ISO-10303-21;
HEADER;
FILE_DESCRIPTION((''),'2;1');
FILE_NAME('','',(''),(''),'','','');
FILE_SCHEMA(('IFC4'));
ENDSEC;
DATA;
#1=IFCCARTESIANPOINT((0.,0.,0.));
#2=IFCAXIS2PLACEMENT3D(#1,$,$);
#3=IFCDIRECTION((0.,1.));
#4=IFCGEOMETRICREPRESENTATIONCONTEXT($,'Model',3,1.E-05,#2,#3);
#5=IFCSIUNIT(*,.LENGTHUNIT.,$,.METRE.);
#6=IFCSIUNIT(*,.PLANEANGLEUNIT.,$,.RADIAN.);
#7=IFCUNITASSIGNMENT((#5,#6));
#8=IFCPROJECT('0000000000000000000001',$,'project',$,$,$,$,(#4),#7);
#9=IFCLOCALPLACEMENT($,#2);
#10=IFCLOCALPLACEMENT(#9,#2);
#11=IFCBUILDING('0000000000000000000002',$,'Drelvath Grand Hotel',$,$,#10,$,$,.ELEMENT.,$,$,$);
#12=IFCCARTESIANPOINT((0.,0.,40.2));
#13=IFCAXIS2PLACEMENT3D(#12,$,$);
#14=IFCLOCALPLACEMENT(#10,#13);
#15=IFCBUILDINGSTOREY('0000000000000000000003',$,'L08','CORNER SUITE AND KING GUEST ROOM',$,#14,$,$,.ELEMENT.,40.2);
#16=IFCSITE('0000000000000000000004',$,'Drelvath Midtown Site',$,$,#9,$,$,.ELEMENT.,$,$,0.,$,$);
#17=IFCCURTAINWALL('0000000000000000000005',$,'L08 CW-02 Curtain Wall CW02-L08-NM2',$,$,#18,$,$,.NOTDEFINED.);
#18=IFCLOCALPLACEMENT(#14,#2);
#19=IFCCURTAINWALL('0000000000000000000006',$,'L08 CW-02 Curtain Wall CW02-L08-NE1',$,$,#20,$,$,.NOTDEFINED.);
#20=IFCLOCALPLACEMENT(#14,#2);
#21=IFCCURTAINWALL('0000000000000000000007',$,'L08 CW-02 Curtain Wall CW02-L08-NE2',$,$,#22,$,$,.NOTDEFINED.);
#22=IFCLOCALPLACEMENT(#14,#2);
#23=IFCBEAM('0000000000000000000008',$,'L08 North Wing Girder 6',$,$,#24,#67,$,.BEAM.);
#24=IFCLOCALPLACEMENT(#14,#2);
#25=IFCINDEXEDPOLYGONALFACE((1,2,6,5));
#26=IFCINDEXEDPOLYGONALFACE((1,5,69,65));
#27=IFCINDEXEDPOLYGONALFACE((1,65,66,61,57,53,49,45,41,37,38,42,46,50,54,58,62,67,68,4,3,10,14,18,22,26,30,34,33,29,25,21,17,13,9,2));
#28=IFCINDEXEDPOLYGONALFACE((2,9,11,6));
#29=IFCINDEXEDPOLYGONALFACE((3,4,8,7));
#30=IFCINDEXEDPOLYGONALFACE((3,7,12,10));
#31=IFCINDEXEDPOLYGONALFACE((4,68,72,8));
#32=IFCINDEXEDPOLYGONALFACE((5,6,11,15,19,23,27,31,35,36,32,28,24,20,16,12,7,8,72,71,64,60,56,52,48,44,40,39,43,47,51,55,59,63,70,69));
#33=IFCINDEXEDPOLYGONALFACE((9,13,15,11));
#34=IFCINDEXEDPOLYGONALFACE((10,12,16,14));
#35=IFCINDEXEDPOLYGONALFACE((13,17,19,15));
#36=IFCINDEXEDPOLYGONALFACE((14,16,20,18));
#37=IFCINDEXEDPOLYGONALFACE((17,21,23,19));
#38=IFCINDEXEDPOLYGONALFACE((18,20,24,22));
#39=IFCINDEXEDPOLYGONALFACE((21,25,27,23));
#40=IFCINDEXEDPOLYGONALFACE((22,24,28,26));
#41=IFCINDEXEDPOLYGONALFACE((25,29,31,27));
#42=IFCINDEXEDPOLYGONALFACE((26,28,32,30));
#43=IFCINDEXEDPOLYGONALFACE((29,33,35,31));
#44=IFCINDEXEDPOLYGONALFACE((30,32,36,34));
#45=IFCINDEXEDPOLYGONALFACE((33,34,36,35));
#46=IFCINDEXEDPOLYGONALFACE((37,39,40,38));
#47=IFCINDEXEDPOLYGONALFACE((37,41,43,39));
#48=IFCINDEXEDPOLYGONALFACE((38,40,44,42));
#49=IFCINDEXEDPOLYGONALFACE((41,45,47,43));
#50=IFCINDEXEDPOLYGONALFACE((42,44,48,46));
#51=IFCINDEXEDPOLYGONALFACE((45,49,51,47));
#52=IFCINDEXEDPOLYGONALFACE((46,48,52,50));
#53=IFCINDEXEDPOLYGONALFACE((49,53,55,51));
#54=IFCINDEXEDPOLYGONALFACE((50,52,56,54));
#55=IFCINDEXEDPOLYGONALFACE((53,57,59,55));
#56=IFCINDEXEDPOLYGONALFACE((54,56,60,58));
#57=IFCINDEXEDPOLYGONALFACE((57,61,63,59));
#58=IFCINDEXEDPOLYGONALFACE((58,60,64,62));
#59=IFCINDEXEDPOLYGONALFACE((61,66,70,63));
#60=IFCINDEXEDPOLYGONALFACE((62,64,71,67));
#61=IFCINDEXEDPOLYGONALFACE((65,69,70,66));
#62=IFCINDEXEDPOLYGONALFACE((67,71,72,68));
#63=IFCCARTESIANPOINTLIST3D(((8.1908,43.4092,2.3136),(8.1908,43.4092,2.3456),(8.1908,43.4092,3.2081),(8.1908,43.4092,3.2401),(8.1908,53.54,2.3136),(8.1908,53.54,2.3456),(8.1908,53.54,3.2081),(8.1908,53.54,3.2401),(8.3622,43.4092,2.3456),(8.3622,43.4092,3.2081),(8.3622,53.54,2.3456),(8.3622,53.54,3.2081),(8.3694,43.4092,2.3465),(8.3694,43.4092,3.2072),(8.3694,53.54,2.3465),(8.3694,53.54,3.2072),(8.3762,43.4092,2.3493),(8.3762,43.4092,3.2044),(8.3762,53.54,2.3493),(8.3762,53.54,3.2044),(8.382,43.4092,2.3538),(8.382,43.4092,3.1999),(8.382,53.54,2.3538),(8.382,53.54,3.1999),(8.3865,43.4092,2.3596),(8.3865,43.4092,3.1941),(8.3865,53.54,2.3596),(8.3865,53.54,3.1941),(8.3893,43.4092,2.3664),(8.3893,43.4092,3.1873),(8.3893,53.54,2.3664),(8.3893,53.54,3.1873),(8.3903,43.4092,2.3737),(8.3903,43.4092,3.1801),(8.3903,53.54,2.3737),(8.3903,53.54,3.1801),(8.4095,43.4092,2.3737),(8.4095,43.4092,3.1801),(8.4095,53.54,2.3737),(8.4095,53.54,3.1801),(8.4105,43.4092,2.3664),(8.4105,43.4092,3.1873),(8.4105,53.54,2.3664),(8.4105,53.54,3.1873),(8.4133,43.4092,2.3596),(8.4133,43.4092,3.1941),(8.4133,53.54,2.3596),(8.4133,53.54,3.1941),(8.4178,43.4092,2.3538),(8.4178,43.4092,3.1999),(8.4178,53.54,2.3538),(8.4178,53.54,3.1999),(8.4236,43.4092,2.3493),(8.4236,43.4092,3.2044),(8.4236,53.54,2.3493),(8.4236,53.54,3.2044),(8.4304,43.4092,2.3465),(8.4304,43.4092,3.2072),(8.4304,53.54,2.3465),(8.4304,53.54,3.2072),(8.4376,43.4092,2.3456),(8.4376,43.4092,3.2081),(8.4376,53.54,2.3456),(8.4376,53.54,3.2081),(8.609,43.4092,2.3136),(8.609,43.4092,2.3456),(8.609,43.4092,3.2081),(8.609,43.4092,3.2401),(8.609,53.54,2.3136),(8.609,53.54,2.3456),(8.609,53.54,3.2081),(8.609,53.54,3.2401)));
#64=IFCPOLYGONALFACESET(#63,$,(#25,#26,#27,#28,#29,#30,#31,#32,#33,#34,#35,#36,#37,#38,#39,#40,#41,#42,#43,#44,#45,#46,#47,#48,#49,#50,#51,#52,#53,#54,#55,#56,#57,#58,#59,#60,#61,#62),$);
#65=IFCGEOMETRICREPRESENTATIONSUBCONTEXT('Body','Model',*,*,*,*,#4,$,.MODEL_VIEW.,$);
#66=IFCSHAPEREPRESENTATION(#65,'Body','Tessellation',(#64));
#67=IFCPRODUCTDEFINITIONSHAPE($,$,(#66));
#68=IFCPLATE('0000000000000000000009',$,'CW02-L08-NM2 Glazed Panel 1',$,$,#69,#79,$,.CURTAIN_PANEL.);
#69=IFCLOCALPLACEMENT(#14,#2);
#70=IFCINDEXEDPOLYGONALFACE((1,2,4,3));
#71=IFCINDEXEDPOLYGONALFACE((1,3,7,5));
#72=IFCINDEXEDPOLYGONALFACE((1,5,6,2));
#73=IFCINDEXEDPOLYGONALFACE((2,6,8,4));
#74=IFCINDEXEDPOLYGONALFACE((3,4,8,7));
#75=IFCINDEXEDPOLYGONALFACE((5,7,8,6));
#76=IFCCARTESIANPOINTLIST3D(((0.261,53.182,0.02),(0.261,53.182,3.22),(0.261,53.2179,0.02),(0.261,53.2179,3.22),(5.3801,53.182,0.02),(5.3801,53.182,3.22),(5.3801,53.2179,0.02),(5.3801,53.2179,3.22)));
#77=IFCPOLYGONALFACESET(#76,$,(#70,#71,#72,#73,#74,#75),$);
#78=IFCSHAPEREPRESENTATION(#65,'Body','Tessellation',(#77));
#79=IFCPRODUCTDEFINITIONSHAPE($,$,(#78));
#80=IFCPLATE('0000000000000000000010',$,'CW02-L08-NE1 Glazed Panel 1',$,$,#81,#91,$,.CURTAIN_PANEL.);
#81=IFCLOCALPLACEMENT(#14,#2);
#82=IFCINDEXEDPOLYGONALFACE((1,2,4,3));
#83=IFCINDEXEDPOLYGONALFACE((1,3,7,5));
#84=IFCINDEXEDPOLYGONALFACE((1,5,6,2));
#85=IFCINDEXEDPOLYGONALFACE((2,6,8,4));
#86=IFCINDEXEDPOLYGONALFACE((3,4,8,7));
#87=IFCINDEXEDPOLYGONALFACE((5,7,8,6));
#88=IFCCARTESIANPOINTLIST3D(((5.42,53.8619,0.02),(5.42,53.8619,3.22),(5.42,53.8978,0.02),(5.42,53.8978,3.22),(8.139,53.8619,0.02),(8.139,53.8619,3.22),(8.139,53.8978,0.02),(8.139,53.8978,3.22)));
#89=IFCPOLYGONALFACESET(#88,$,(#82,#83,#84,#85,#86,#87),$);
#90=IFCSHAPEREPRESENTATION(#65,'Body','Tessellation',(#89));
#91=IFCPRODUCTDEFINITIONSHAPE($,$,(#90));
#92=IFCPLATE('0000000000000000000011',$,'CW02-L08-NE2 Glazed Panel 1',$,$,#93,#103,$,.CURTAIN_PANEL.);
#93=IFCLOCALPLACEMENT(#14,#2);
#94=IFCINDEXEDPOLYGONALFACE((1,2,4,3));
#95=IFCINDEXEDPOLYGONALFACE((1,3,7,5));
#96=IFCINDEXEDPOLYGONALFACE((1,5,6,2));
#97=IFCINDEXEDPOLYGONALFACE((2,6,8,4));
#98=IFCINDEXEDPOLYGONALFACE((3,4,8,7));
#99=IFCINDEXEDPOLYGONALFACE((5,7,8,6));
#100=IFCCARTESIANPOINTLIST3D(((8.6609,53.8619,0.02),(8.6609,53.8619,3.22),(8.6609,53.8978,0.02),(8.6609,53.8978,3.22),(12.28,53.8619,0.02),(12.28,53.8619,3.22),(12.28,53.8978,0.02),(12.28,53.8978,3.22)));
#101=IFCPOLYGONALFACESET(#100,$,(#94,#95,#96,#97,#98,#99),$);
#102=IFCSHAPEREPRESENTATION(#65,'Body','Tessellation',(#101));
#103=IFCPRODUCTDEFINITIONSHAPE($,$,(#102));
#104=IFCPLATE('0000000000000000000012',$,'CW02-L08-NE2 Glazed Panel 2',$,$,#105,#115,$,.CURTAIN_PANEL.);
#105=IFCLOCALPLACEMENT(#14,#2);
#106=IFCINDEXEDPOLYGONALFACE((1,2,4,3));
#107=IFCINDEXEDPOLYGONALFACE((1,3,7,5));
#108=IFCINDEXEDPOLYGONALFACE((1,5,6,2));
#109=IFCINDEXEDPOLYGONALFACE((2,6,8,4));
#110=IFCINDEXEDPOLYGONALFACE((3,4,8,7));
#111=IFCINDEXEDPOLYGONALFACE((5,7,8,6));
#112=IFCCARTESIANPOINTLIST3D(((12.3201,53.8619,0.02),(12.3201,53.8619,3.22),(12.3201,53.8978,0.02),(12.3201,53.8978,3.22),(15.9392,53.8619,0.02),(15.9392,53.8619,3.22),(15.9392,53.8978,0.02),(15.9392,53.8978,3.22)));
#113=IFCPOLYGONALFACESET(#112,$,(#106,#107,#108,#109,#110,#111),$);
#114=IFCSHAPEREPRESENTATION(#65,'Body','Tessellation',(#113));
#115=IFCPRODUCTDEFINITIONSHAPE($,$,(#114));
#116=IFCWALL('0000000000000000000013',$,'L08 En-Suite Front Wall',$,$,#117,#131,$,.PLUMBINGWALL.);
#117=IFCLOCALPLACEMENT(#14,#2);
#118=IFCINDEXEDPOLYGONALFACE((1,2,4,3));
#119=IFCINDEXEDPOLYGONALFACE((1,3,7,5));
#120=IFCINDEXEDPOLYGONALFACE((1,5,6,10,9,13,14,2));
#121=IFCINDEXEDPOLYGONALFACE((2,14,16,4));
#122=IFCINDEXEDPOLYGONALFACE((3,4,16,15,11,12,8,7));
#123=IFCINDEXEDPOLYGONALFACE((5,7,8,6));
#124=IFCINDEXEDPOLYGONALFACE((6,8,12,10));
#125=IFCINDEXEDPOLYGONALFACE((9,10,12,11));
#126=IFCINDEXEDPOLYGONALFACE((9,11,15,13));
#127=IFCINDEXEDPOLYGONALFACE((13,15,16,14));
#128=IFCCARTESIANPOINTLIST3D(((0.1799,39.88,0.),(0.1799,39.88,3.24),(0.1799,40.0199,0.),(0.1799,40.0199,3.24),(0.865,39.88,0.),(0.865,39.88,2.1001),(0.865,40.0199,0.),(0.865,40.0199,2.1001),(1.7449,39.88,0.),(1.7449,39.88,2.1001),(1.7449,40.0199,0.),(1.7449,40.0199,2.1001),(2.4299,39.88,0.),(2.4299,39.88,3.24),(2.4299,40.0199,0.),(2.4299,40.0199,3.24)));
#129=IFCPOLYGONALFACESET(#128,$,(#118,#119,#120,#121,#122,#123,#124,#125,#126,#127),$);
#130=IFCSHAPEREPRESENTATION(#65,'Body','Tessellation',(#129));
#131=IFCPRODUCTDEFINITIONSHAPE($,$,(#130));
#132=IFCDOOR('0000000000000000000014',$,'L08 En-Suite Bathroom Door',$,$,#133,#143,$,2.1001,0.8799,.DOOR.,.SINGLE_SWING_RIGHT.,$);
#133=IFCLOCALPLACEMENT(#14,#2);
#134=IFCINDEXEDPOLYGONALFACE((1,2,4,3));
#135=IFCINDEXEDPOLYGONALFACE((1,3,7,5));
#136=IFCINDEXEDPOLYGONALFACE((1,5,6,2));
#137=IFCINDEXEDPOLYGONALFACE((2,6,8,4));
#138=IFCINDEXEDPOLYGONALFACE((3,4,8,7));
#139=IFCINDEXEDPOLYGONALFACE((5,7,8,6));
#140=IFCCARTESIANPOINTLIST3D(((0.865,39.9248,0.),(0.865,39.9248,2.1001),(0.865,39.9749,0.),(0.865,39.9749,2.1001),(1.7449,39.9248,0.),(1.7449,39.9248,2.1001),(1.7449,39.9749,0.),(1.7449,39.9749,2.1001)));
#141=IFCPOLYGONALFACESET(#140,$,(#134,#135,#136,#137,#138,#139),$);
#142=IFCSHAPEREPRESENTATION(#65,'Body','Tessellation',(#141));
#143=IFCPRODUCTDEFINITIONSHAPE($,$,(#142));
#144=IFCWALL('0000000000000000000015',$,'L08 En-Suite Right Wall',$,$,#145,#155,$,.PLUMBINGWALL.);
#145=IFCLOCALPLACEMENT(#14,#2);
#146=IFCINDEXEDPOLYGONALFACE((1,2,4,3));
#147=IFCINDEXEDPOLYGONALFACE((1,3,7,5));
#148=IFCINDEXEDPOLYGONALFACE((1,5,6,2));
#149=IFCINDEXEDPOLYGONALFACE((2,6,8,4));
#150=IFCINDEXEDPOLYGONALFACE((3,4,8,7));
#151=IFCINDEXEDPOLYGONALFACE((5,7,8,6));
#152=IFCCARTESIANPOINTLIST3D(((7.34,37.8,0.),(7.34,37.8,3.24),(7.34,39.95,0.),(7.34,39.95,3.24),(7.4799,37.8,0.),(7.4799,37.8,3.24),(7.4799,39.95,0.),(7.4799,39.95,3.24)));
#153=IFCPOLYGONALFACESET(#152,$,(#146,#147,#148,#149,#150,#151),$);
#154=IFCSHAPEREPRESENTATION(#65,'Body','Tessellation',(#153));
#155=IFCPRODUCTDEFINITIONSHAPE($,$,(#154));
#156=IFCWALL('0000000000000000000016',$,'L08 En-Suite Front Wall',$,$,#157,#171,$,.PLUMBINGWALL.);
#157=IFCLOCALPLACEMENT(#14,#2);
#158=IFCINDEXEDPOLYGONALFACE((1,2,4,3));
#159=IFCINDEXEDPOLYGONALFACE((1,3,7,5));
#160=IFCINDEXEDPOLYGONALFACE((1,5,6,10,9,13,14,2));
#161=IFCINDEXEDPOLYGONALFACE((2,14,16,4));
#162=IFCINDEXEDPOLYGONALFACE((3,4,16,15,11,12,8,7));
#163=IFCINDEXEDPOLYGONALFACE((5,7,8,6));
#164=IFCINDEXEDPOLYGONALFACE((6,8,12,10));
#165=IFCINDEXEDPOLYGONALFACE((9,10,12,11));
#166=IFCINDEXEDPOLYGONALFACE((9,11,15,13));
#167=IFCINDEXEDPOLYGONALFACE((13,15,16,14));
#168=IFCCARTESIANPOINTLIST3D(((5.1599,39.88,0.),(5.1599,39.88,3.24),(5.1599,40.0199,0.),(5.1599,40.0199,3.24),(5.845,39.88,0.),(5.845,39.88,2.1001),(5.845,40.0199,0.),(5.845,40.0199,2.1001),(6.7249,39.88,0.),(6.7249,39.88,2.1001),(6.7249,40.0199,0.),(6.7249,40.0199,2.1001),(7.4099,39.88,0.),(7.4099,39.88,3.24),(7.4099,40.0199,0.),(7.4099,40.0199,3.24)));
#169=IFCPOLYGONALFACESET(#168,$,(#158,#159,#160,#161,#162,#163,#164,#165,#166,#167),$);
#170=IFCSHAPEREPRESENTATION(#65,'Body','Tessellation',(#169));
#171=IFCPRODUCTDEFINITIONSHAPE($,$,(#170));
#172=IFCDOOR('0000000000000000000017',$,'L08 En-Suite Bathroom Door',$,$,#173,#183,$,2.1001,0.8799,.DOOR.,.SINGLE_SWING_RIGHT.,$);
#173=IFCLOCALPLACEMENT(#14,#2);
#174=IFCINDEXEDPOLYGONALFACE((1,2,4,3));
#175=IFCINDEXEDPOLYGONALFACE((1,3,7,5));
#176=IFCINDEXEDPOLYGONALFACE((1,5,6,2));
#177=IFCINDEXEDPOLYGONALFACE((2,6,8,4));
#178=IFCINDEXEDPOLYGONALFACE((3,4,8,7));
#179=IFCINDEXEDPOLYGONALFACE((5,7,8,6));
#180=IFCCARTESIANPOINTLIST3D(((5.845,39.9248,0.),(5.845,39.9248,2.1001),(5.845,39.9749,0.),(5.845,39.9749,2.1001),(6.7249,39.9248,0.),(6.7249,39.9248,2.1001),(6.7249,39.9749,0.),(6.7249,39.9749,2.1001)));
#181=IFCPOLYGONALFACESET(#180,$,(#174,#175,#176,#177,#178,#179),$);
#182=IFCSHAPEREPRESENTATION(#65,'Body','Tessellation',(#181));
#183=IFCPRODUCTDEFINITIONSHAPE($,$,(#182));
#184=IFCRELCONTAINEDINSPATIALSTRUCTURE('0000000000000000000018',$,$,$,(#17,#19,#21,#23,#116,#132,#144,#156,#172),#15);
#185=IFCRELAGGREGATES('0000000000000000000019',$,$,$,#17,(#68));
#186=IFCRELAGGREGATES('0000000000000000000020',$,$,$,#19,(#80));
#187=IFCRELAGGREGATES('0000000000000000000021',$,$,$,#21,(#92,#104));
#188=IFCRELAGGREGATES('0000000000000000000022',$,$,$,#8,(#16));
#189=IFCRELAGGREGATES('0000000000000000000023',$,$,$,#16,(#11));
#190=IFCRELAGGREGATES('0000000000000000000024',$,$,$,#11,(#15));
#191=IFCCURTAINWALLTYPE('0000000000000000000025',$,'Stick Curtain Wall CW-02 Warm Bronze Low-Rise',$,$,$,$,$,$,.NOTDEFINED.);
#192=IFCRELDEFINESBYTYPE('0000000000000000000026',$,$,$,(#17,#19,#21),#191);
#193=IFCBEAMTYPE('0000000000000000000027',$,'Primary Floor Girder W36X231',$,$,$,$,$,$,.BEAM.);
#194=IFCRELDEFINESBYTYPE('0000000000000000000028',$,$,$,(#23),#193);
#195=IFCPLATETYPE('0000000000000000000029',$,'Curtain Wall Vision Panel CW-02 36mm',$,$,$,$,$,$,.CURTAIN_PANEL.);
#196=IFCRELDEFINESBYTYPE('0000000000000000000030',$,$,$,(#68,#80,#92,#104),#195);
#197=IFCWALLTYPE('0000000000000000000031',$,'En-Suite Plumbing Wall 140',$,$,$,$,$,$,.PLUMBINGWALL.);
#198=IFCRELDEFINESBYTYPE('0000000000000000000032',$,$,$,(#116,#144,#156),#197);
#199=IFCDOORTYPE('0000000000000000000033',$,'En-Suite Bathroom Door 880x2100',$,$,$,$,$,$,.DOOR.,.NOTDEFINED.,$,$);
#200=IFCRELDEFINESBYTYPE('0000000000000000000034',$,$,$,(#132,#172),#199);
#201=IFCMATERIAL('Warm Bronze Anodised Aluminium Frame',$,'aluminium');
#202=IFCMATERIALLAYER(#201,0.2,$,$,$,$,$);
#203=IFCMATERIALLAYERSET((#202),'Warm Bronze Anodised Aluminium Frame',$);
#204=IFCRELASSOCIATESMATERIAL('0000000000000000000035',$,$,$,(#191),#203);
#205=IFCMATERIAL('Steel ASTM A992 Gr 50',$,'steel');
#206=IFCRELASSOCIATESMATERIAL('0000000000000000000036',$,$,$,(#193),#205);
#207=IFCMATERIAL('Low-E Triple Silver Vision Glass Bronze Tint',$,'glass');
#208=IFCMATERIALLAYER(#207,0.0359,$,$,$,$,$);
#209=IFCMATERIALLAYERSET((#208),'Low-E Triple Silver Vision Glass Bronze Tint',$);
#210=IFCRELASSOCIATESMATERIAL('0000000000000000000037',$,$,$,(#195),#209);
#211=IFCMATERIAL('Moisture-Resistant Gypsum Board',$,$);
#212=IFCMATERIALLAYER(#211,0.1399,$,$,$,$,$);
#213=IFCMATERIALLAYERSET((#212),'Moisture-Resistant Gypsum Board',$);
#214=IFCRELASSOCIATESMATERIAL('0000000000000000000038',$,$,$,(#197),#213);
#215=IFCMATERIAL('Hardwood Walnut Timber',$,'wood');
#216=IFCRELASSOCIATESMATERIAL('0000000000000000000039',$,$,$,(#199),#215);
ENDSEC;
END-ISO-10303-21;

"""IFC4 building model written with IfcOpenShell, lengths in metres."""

from ifc_helpers import new_model, si_unit, direction, frame, frame_2d, origin, origin_2d, place, context, subcontext, project, spatial, rectangle, i_section, extrude, material, layer, layer_set, material_profile, profile_set, type_object, element, fill, aggregate, save


model = new_model("IFC4")

# Units and contexts
model_context = context("Model", 3, precision=1e-05, world=origin(), true_north=direction((0.0, 1.0)))
body_context = subcontext(model_context, "Body", "Model", "MODEL_VIEW")
ifc_project = project(units=[si_unit("LENGTHUNIT", "METRE"), si_unit("PLANEANGLEUNIT", "RADIAN")], contexts=[model_context])

# Site, building, storey
site_placement = place(None, origin())
site = spatial("IfcSite", under=ifc_project, at=site_placement, Name="Drelvath Midtown Site", CompositionType="ELEMENT", RefElevation=0.0)
building_placement = place(site_placement, origin())
building = spatial("IfcBuilding", under=site, at=building_placement, Name="Drelvath Grand Hotel", CompositionType="ELEMENT")
storey_placement = place(building_placement, frame((0.0, 0.0, 40.2)))
storey = spatial("IfcBuildingStorey", under=building, at=storey_placement, Name="L08", Description="CORNER SUITE AND KING GUEST ROOM", CompositionType="ELEMENT", Elevation=40.2)

# Curtain walls
ifc_material_1 = material(Name="Warm Bronze Anodised Aluminium Frame", Category="aluminium")
ifc_layer_1 = layer(ifc_material_1, 0.2)
ifc_layer_set_1 = layer_set([ifc_layer_1], Name="Warm Bronze Anodised Aluminium Frame")
curtain_wall_type = type_object("IfcCurtainWallType", Name="Stick Curtain Wall CW-02 Warm Bronze Low-Rise", PredefinedType="NOTDEFINED", material=ifc_layer_set_1)
curtain_wall_1_placement = place(storey_placement, origin())
curtain_wall_1 = element("IfcCurtainWall", 1, at=curtain_wall_1_placement, inside=storey, type_object=curtain_wall_type, Name="L08 CW-02 Curtain Wall CW02-L08-NM2", PredefinedType="NOTDEFINED")
curtain_wall_2_placement = place(storey_placement, origin())
curtain_wall_2 = element("IfcCurtainWall", 2, at=curtain_wall_2_placement, inside=storey, type_object=curtain_wall_type, Name="L08 CW-02 Curtain Wall CW02-L08-NE1", PredefinedType="NOTDEFINED")
curtain_wall_3_placement = place(storey_placement, origin())
curtain_wall_3 = element("IfcCurtainWall", 3, at=curtain_wall_3_placement, inside=storey, type_object=curtain_wall_type, Name="L08 CW-02 Curtain Wall CW02-L08-NE2", PredefinedType="NOTDEFINED")

# Beam
ifc_material_2 = material(Name="Steel ASTM A992 Gr 50", Category="steel")
ifc_material_profile_1 = material_profile(ifc_material_2, i_section(OverallWidth=0.4182, OverallDepth=0.9265, WebThickness=0.0193, FlangeThickness=0.032, FilletRadius=0.0281, at=origin_2d()), Name="W36X231")
ifc_profile_set_1 = profile_set([ifc_material_profile_1], Name="Steel ASTM A992 Gr 50")
beam_type_1 = type_object("IfcBeamType", Name="Primary Floor Girder W36X231", PredefinedType="BEAM", material=ifc_profile_set_1)
beam_1_placement = place(storey_placement, frame((8.3999, 43.4092, 2.7769), z_axis=(0.0, 1.0, 0.0), x_axis=(-1.0, 0.0, 0.0)))
element("IfcBeam", 4, at=beam_1_placement, inside=storey, type_object=beam_type_1, Name="L08 North Wing Girder 6", PredefinedType="BEAM", context=body_context, shape_type="SweptSolid", body=[
    extrude(i_section(OverallWidth=0.4182, OverallDepth=0.9265, WebThickness=0.0193, FlangeThickness=0.032, FilletRadius=0.0281, at=origin_2d()), origin(), (0.0, 0.0, 1.0), 10.1309),
])

# Plates
ifc_material_3 = material(Name="Low-E Triple Silver Vision Glass Bronze Tint", Category="glass")
ifc_layer_2 = layer(ifc_material_3, 0.0359)
ifc_layer_set_2 = layer_set([ifc_layer_2], Name="Low-E Triple Silver Vision Glass Bronze Tint")
plate_type = type_object("IfcPlateType", Name="Curtain Wall Vision Panel CW-02 36mm", PredefinedType="CURTAIN_PANEL", material=ifc_layer_set_2)
plate_1_placement = place(storey_placement, frame((2.8206, 53.2, 0.02), z_axis=(0.0, 0.0, 1.0), x_axis=(1.0, 0.0, 0.0)))
plate_1 = element("IfcPlate", 5, at=plate_1_placement, type_object=plate_type, Name="CW02-L08-NM2 Glazed Panel 1", PredefinedType="CURTAIN_PANEL", context=body_context, shape_type="SweptSolid", body=[
    extrude(rectangle(XDim=5.1191, YDim=0.0359, at=origin_2d()), origin(), (0.0, 0.0, 1.0), 3.2),
])
aggregate(curtain_wall_1, [plate_1])
plate_2_placement = place(storey_placement, frame((6.7795, 53.8799, 0.02), z_axis=(0.0, 0.0, 1.0), x_axis=(1.0, 0.0, 0.0)))
plate_2 = element("IfcPlate", 6, at=plate_2_placement, type_object=plate_type, Name="CW02-L08-NE1 Glazed Panel 1", PredefinedType="CURTAIN_PANEL", context=body_context, shape_type="SweptSolid", body=[
    extrude(rectangle(XDim=2.719, YDim=0.0359, at=origin_2d()), origin(), (0.0, 0.0, 1.0), 3.2),
])
aggregate(curtain_wall_2, [plate_2])
plate_3_placement = place(storey_placement, frame((10.4705, 53.8799, 0.02), z_axis=(0.0, 0.0, 1.0), x_axis=(1.0, 0.0, 0.0)))
plate_3 = element("IfcPlate", 7, at=plate_3_placement, type_object=plate_type, Name="CW02-L08-NE2 Glazed Panel 1", PredefinedType="CURTAIN_PANEL", context=body_context, shape_type="SweptSolid", body=[
    extrude(rectangle(XDim=3.6191, YDim=0.0359, at=origin_2d()), origin(), (0.0, 0.0, 1.0), 3.2),
])
plate_4_placement = place(storey_placement, frame((14.1296, 53.8799, 0.02), z_axis=(0.0, 0.0, 1.0), x_axis=(1.0, 0.0, 0.0)))
plate_4 = element("IfcPlate", 8, at=plate_4_placement, type_object=plate_type, Name="CW02-L08-NE2 Glazed Panel 2", PredefinedType="CURTAIN_PANEL", context=body_context, shape_type="SweptSolid", body=[
    extrude(rectangle(XDim=3.6191, YDim=0.0359, at=origin_2d()), origin(), (0.0, 0.0, 1.0), 3.2),
])
aggregate(curtain_wall_3, [plate_3, plate_4])

# Wall, opening, door
ifc_material_4 = material(Name="Moisture-Resistant Gypsum Board")
ifc_layer_3 = layer(ifc_material_4, 0.1399)
ifc_layer_set_3 = layer_set([ifc_layer_3], Name="Moisture-Resistant Gypsum Board")
wall_type_1 = type_object("IfcWallType", Name="En-Suite Plumbing Wall 140", PredefinedType="PLUMBINGWALL", material=ifc_layer_set_3)
wall_1_placement = place(storey_placement, frame((0.1799, 39.95, 0.0), z_axis=(0.0, 0.0, 1.0), x_axis=(1.0, 0.0, 0.0)))
wall_1 = element("IfcWall", 9, at=wall_1_placement, inside=storey, type_object=wall_type_1, Name="L08 En-Suite Front Wall", PredefinedType="PLUMBINGWALL", context=body_context, shape_type="SweptSolid", body=[
    extrude(rectangle(XDim=2.25, YDim=0.1399, at=frame_2d((1.125, 0.0))), origin(), (0.0, 0.0, 1.0), 3.24),
])
opening_1_placement = place(wall_1_placement, frame((0.6851, 0.0, 0.0)))
opening_1 = element("IfcOpeningElement", 10, at=opening_1_placement, cuts=wall_1, PredefinedType="OPENING", context=body_context, shape_type="SweptSolid", body=[
    extrude(rectangle(XDim=0.8799, YDim=2.1001, at=frame_2d((0.4399, 1.05))), frame((0.0, 0.0798, 0.0), z_axis=(0.0, -1.0, 0.0), x_axis=(1.0, 0.0, 0.0)), (0.0, 0.0, 1.0), 0.1599),
])
ifc_material_5 = material(Name="Hardwood Walnut Timber", Category="wood")
door_type = type_object("IfcDoorType", Name="En-Suite Bathroom Door 880x2100", OperationType="NOTDEFINED", PredefinedType="DOOR", material=ifc_material_5)
door_1_placement = place(opening_1_placement, origin())
door_1 = element("IfcDoor", 11, at=door_1_placement, inside=storey, type_object=door_type, Name="L08 En-Suite Bathroom Door", OperationType="SINGLE_SWING_RIGHT", OverallHeight=2.1001, OverallWidth=0.8799, PredefinedType="DOOR", context=body_context, shape_type="SweptSolid", body=[
    extrude(rectangle(XDim=0.8799, YDim=2.1001, at=frame_2d((0.4399, 1.05))), frame((0.0, 0.0249, 0.0), z_axis=(0.0, -1.0, 0.0), x_axis=(1.0, 0.0, 0.0)), (0.0, 0.0, 1.0), 0.05),
])
fill(opening_1, door_1)

# Wall
wall_2_placement = place(storey_placement, frame((7.4099, 37.8, 0.0), z_axis=(0.0, 0.0, 1.0), x_axis=(0.0, 1.0, 0.0)))
element("IfcWall", 12, at=wall_2_placement, inside=storey, type_object=wall_type_1, Name="L08 En-Suite Right Wall", PredefinedType="PLUMBINGWALL", context=body_context, shape_type="SweptSolid", body=[
    extrude(rectangle(XDim=2.1499, YDim=0.1399, at=frame_2d((1.075, 0.0))), origin(), (0.0, 0.0, 1.0), 3.24),
])

# Wall, opening, door
wall_3_placement = place(storey_placement, frame((5.1599, 39.95, 0.0), z_axis=(0.0, 0.0, 1.0), x_axis=(1.0, 0.0, 0.0)))
wall_3 = element("IfcWall", 13, at=wall_3_placement, inside=storey, type_object=wall_type_1, Name="L08 En-Suite Front Wall", PredefinedType="PLUMBINGWALL", context=body_context, shape_type="SweptSolid", body=[
    extrude(rectangle(XDim=2.25, YDim=0.1399, at=frame_2d((1.125, 0.0))), origin(), (0.0, 0.0, 1.0), 3.24),
])
opening_2_placement = place(wall_3_placement, frame((0.6851, 0.0, 0.0)))
opening_2 = element("IfcOpeningElement", 14, at=opening_2_placement, cuts=wall_3, PredefinedType="OPENING", context=body_context, shape_type="SweptSolid", body=[
    extrude(rectangle(XDim=0.8799, YDim=2.1001, at=frame_2d((0.4399, 1.05))), frame((0.0, 0.0798, 0.0), z_axis=(0.0, -1.0, 0.0), x_axis=(1.0, 0.0, 0.0)), (0.0, 0.0, 1.0), 0.1599),
])
door_2_placement = place(opening_2_placement, origin())
door_2 = element("IfcDoor", 15, at=door_2_placement, inside=storey, type_object=door_type, Name="L08 En-Suite Bathroom Door", OperationType="SINGLE_SWING_RIGHT", OverallHeight=2.1001, OverallWidth=0.8799, PredefinedType="DOOR", context=body_context, shape_type="SweptSolid", body=[
    extrude(rectangle(XDim=0.8799, YDim=2.1001, at=frame_2d((0.4399, 1.05))), frame((0.0, 0.0249, 0.0), z_axis=(0.0, -1.0, 0.0), x_axis=(1.0, 0.0, 0.0)), (0.0, 0.0, 1.0), 0.05),
])
fill(opening_2, door_2)

save(model, "model.ifc")
